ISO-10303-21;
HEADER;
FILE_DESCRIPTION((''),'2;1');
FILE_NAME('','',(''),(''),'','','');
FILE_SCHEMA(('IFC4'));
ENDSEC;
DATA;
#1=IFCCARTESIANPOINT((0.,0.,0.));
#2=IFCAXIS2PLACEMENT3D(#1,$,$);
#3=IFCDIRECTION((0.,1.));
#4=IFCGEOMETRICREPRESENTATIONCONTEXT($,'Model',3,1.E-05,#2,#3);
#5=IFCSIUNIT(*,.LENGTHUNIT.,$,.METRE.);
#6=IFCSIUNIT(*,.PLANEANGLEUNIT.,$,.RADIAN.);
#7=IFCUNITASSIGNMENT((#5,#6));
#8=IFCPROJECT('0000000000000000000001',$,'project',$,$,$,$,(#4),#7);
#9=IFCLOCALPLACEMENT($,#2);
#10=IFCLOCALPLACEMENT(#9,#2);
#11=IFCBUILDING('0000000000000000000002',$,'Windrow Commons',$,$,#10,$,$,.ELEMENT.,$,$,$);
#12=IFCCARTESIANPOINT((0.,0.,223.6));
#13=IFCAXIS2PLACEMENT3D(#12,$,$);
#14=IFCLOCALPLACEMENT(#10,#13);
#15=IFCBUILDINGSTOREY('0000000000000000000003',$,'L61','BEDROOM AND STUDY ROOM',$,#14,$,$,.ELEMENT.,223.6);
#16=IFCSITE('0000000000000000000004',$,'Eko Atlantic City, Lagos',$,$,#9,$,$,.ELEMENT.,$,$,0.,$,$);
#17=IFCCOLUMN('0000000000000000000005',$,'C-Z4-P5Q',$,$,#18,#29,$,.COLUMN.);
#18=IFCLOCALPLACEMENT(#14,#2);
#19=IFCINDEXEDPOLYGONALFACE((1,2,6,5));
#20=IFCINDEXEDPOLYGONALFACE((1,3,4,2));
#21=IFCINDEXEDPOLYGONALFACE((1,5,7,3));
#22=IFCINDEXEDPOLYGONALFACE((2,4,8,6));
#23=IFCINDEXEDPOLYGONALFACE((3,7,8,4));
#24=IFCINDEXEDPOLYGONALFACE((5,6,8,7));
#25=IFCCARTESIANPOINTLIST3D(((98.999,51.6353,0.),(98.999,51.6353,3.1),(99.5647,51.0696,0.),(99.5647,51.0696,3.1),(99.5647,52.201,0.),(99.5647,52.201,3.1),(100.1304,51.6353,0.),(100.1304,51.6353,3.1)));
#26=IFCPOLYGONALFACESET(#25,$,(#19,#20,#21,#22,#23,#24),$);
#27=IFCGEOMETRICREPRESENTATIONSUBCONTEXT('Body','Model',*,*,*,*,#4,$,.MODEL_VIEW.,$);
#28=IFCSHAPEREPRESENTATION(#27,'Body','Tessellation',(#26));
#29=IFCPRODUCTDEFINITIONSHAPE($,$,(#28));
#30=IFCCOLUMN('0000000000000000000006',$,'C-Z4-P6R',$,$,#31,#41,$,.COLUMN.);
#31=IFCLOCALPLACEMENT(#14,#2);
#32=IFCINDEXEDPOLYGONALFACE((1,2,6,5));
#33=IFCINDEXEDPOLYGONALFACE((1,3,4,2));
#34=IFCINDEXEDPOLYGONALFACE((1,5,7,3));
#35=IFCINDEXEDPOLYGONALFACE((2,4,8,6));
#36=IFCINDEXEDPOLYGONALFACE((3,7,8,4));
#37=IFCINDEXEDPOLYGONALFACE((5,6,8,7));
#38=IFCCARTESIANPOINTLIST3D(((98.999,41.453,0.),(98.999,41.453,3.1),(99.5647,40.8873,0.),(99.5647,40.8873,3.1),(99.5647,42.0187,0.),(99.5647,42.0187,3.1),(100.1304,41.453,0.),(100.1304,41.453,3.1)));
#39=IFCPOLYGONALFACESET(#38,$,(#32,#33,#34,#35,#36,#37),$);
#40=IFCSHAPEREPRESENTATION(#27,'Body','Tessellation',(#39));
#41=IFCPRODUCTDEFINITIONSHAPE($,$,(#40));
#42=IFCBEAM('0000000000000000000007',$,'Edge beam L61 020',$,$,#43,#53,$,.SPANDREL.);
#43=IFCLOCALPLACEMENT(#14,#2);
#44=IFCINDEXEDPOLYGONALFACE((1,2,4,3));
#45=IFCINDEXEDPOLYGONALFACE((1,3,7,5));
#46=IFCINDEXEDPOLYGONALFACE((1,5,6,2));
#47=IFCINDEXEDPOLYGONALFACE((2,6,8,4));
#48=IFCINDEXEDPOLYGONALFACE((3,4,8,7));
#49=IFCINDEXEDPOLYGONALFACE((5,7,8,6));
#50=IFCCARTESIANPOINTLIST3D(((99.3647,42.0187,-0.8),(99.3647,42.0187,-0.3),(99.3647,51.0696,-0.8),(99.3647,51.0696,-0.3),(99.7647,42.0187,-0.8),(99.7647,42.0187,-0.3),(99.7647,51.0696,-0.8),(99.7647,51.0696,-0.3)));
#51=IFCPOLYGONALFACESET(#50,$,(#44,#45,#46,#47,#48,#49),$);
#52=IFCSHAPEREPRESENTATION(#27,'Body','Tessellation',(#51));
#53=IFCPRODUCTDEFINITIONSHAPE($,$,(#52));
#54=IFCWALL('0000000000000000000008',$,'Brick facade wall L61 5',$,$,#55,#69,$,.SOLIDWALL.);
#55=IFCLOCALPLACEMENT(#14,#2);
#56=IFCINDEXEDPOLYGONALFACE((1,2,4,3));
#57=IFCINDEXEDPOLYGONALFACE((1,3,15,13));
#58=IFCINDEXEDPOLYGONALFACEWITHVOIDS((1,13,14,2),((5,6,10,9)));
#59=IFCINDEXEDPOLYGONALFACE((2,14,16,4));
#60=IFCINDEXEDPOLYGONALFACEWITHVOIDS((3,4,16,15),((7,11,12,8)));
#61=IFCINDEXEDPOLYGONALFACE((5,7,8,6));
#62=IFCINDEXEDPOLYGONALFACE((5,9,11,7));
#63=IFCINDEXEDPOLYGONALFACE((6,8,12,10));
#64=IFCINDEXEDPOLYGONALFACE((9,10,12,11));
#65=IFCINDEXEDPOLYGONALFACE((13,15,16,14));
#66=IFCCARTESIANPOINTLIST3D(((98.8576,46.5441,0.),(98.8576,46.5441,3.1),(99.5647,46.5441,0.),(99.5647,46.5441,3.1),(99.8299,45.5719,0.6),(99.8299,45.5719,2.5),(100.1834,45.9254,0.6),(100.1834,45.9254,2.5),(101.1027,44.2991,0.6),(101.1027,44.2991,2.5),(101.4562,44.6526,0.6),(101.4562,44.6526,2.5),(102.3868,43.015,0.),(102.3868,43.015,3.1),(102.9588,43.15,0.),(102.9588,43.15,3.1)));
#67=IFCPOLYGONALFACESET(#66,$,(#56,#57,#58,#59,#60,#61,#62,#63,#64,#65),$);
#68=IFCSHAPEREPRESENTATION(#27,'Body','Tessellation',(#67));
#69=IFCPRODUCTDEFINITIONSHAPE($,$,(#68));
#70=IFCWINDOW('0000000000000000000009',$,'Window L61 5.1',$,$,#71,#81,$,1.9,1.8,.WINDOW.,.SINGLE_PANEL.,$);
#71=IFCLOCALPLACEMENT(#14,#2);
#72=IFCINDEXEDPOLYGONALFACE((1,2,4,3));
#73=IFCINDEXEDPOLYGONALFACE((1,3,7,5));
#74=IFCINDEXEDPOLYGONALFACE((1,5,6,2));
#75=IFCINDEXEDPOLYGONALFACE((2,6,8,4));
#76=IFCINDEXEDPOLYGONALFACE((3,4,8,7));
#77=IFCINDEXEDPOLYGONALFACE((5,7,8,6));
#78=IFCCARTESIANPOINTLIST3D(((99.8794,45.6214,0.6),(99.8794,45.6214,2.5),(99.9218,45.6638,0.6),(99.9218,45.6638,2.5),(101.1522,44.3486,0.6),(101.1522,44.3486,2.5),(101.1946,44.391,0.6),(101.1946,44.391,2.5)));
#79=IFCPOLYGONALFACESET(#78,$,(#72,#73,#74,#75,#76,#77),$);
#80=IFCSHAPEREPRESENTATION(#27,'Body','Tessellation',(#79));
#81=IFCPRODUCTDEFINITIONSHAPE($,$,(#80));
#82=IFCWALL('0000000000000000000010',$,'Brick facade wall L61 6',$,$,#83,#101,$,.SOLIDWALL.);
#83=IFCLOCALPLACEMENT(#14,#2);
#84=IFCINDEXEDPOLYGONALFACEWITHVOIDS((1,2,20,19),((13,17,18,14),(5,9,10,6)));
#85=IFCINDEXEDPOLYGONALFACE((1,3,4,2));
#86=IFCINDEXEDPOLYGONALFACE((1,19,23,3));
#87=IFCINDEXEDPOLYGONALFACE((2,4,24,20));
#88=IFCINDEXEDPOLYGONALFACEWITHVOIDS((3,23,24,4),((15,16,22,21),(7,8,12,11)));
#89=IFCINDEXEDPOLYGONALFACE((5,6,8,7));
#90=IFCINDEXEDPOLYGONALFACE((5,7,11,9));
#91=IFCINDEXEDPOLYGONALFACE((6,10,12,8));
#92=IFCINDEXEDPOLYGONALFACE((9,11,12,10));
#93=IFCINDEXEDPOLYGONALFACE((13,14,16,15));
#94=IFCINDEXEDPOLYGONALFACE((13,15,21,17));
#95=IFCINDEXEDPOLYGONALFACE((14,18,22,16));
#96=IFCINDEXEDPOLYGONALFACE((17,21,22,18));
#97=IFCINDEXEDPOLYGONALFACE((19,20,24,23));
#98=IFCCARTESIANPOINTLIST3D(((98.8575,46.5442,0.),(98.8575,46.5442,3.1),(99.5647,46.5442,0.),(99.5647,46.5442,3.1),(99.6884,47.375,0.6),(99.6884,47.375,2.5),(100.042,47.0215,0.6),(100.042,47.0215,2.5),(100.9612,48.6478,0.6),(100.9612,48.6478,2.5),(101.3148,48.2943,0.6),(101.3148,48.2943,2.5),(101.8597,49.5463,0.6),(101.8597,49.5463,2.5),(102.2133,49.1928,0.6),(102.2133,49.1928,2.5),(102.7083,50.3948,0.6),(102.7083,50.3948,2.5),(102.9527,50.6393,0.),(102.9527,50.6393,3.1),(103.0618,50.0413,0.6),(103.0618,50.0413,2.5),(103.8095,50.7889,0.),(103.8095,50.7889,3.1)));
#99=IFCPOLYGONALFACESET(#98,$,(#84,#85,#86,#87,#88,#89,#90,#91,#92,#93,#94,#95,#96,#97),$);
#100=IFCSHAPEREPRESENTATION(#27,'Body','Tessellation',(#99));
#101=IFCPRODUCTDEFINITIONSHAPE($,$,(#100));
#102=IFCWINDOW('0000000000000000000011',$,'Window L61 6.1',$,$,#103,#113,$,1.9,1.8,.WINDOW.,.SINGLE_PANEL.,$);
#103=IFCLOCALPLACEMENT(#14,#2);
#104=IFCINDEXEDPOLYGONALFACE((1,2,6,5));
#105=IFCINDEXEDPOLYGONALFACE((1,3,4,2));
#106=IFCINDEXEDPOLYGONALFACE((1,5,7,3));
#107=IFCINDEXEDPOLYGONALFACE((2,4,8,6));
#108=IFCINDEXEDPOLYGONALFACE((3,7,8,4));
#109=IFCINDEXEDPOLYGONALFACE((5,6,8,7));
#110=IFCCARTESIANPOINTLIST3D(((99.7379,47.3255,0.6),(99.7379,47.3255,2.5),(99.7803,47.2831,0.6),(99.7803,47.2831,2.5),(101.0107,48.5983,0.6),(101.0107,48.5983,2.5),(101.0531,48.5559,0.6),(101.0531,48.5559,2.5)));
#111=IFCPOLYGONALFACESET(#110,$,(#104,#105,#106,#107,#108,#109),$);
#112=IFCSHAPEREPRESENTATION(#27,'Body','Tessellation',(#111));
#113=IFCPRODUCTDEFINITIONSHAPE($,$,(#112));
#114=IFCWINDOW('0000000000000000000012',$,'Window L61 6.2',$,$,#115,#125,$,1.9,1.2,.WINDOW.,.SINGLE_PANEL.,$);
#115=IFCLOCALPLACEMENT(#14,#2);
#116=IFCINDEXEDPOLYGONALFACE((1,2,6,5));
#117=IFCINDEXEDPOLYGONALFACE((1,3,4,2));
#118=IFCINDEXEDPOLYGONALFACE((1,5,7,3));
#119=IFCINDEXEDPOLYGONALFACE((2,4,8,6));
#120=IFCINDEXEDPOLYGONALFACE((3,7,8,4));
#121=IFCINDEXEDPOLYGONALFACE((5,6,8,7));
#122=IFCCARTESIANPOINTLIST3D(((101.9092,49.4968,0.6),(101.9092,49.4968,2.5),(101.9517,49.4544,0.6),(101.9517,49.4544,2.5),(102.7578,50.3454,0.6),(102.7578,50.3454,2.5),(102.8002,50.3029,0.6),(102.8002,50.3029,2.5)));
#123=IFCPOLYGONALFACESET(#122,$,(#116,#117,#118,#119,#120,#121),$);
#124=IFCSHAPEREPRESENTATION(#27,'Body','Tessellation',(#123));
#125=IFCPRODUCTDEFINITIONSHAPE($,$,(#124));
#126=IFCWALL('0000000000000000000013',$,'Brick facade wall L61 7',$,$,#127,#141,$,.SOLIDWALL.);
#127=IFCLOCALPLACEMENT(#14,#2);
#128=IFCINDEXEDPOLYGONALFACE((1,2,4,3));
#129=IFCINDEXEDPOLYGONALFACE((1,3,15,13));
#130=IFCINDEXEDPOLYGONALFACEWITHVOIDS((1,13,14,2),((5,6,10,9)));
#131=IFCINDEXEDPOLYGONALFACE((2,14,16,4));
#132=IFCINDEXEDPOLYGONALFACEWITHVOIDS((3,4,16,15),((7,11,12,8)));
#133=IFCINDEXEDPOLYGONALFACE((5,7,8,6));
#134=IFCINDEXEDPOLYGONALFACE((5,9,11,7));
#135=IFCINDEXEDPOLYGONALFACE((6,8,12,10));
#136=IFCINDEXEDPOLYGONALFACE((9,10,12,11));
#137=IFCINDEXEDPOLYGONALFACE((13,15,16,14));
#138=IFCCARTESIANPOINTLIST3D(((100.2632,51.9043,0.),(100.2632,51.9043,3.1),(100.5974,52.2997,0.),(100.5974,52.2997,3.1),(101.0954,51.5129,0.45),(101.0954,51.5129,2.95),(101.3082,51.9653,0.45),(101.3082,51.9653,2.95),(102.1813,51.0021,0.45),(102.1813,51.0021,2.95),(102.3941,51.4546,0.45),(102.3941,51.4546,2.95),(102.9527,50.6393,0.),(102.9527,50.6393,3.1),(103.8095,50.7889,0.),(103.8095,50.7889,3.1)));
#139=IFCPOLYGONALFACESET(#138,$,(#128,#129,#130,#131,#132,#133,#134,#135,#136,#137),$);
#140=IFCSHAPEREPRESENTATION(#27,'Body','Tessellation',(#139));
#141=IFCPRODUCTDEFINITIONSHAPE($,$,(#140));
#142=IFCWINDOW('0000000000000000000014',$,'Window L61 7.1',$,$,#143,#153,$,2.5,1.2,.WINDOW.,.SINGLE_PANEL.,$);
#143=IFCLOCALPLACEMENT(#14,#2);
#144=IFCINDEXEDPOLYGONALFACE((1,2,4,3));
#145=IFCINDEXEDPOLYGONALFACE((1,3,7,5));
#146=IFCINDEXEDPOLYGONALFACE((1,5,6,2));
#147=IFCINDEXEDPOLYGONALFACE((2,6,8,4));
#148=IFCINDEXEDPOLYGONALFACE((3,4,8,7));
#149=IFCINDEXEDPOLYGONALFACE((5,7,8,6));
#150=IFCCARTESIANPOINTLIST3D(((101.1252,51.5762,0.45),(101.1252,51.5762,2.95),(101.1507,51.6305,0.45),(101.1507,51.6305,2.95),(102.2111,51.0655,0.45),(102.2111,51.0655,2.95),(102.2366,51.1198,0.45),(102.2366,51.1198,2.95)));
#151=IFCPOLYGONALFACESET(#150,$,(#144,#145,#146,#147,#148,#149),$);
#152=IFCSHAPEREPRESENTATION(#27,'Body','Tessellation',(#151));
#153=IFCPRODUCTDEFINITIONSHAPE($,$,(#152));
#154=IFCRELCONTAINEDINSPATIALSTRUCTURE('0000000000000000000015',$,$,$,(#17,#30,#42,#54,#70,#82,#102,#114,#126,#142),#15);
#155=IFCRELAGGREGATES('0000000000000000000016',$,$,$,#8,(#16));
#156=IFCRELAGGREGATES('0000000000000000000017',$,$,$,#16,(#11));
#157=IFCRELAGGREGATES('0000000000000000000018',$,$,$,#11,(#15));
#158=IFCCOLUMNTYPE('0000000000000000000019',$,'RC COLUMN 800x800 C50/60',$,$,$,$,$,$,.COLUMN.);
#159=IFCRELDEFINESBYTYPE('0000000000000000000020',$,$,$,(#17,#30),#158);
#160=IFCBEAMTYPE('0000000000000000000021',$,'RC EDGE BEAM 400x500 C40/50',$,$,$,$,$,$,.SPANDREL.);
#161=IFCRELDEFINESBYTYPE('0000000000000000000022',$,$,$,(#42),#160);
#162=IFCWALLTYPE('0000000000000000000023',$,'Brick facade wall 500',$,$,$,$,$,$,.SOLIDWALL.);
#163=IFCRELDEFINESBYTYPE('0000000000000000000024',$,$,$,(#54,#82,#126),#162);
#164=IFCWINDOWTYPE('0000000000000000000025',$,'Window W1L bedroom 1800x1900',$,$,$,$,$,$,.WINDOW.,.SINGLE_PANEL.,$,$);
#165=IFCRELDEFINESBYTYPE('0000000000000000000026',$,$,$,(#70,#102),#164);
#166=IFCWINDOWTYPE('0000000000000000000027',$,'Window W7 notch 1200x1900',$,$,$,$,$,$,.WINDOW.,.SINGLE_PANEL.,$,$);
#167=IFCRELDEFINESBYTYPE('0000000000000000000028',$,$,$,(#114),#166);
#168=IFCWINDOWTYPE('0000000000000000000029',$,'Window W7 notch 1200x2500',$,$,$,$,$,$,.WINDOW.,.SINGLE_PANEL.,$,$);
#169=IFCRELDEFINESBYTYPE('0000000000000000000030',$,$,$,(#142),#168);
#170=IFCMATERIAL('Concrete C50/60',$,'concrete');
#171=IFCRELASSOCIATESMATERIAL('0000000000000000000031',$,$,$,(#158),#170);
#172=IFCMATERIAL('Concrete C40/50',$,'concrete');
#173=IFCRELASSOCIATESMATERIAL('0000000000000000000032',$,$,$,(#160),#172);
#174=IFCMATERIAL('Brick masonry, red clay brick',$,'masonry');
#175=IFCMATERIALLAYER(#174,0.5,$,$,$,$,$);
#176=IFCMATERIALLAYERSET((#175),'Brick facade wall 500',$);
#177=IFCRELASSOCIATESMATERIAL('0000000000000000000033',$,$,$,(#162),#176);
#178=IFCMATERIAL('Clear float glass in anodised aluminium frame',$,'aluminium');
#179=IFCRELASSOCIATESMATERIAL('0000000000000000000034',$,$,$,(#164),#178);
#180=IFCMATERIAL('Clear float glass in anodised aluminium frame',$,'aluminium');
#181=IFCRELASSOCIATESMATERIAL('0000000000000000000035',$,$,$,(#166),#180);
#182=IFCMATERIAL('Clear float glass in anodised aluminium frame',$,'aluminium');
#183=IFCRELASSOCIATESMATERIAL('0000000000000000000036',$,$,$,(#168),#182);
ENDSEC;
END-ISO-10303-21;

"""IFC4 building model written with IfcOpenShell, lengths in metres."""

from ifc_helpers import new_model, si_unit, direction, frame, frame_2d, origin, origin_2d, place, context, subcontext, project, spatial, polyline, rectangle, outline, extrude, material, layer, layer_set, material_profile, profile_set, type_object, element, fill, save


model = new_model("IFC4")

# Units and contexts
model_context = context("Model", 3, precision=1e-05, world=origin(), true_north=direction((0.0, 1.0)))
body_context = subcontext(model_context, "Body", "Model", "MODEL_VIEW")
ifc_project = project(units=[si_unit("LENGTHUNIT", "METRE"), si_unit("PLANEANGLEUNIT", "RADIAN")], contexts=[model_context])

# Site, building, storey
site_placement = place(None, origin())
site = spatial("IfcSite", under=ifc_project, at=site_placement, Name="Eko Atlantic City, Lagos", CompositionType="ELEMENT", RefElevation=0.0)
building_placement = place(site_placement, origin())
building = spatial("IfcBuilding", under=site, at=building_placement, Name="Windrow Commons", CompositionType="ELEMENT")
storey_placement = place(building_placement, frame((0.0, 0.0, 223.6)))
storey = spatial("IfcBuildingStorey", under=building, at=storey_placement, Name="L61", Description="BEDROOM AND STUDY ROOM", CompositionType="ELEMENT", Elevation=223.6)

# Columns
ifc_material_1 = material(Name="Concrete C50/60", Category="concrete")
ifc_material_profile_1 = material_profile(ifc_material_1, rectangle(XDim=0.8, YDim=0.8, at=origin_2d()))
ifc_profile_set_1 = profile_set([ifc_material_profile_1], Name="Concrete C50/60")
column_type = type_object("IfcColumnType", Name="RC COLUMN 800x800 C50/60", PredefinedType="COLUMN", material=ifc_profile_set_1)
for number, where, z_axis, x_axis, name in (
    (1, (99.5647, 51.6353, 0.0), (0.0, 0.0, 1.0), (0.707107, -0.707107, 0.0), "C-Z4-P5Q"),
    (2, (99.5647, 41.453, 0.0), (0.0, 0.0, 1.0), (0.707107, -0.707107, 0.0), "C-Z4-P6R"),
):
    element("IfcColumn", number, at=place(storey_placement, frame(where, z_axis=z_axis, x_axis=x_axis)), inside=storey, type_object=column_type, Name=name, PredefinedType="COLUMN", context=body_context, shape_type="SweptSolid", body=[
        extrude(rectangle(XDim=0.8, YDim=0.8, at=origin_2d()), origin(), (0.0, 0.0, 1.0), 3.1),
    ])

# Beam
ifc_material_2 = material(Name="Concrete C40/50", Category="concrete")
ifc_material_profile_2 = material_profile(ifc_material_2, rectangle(XDim=0.4, YDim=0.5, at=origin_2d()))
ifc_profile_set_2 = profile_set([ifc_material_profile_2], Name="Concrete C40/50")
beam_type = type_object("IfcBeamType", Name="RC EDGE BEAM 400x500 C40/50", PredefinedType="SPANDREL", material=ifc_profile_set_2)
beam_placement = place(storey_placement, frame((99.5647, 51.0696, -0.55), z_axis=(0.0, -1.0, 0.0), x_axis=(1.0, 0.0, 0.0)))
element("IfcBeam", 3, at=beam_placement, inside=storey, type_object=beam_type, Name="Edge beam L61 020", PredefinedType="SPANDREL", context=body_context, shape_type="SweptSolid", body=[
    extrude(rectangle(XDim=0.4, YDim=0.5, at=origin_2d()), origin(), (0.0, 0.0, 1.0), 9.0509),
])

# Wall, opening, window
ifc_material_3 = material(Name="Brick masonry, red clay brick", Category="masonry")
ifc_layer_1 = layer(ifc_material_3, 0.5)
ifc_layer_set_1 = layer_set([ifc_layer_1], Name="Brick facade wall 500")
wall_type_1 = type_object("IfcWallType", Name="Brick facade wall 500", PredefinedType="SOLIDWALL", material=ifc_layer_set_1)
wall_1_placement = place(storey_placement, frame((102.6728, 43.0825, 0.0), z_axis=(0.0, 0.0, 1.0), x_axis=(-0.707107, 0.707107, 0.0)))
wall_1 = element("IfcWall", 4, at=wall_1_placement, inside=storey, type_object=wall_type_1, Name="Brick facade wall L61 5", PredefinedType="SOLIDWALL", context=body_context, shape_type="SweptSolid", body=[
    extrude(outline(polyline([(-0.1545, -0.25), (4.6455, -0.25), (5.1455, 0.25), (0.1545, 0.25), (-0.1545, -0.25)])), origin(), (0.0, 0.0, 1.0), 3.1),
])
opening_1_placement = place(wall_1_placement, frame((1.9705, 0.0, 0.6)))
opening_1 = element("IfcOpeningElement", 5, at=opening_1_placement, cuts=wall_1, PredefinedType="OPENING", context=body_context, shape_type="SweptSolid", body=[
    extrude(rectangle(XDim=1.8, YDim=1.9, at=frame_2d((0.9, 0.95))), frame((0.0, 0.26, 0.0), z_axis=(0.0, -1.0, 0.0), x_axis=(1.0, 0.0, 0.0)), (0.0, 0.0, 1.0), 0.52),
])
ifc_material_4 = material(Name="Clear float glass in anodised aluminium frame", Category="aluminium")
window_type_1 = type_object("IfcWindowType", Name="Window W1L bedroom 1800x1900", PartitioningType="SINGLE_PANEL", PredefinedType="WINDOW", material=ifc_material_4)
window_1_placement = place(opening_1_placement, origin())
window_1 = element("IfcWindow", 6, at=window_1_placement, inside=storey, type_object=window_type_1, Name="Window L61 5.1", OverallHeight=1.9, OverallWidth=1.8, PartitioningType="SINGLE_PANEL", PredefinedType="WINDOW", context=body_context, shape_type="SweptSolid", body=[
    extrude(rectangle(XDim=1.8, YDim=1.9, at=frame_2d((0.9, 0.95))), frame((0.0, 0.18, 0.0), z_axis=(0.0, -1.0, 0.0), x_axis=(1.0, 0.0, 0.0)), (0.0, 0.0, 1.0), 0.06),
])
fill(opening_1, window_1)

# Wall, openings, windows
wall_2_placement = place(storey_placement, frame((99.2111, 46.5442, 0.0), z_axis=(0.0, 0.0, 1.0), x_axis=(0.707115, 0.707098, 0.0)))
wall_2 = element("IfcWall", 7, at=wall_2_placement, inside=storey, type_object=wall_type_1, Name="Brick facade wall L61 6", PredefinedType="SOLIDWALL", context=body_context, shape_type="SweptSolid", body=[
    extrude(outline(polyline([(0.25, -0.25), (6.253, -0.25), (5.5414, 0.25), (-0.25, 0.25), (0.25, -0.25)])), origin(), (0.0, 0.0, 1.0), 3.1),
])
opening_2_placement = place(wall_2_placement, frame((0.925, 0.0, 0.6)))
opening_2 = element("IfcOpeningElement", 8, at=opening_2_placement, cuts=wall_2, PredefinedType="OPENING", context=body_context, shape_type="SweptSolid", body=[
    extrude(rectangle(XDim=1.8, YDim=1.9, at=frame_2d((0.9, 0.95))), frame((0.0, 0.26, 0.0), z_axis=(0.0, -1.0, 0.0), x_axis=(1.0, 0.0, 0.0)), (0.0, 0.0, 1.0), 0.52),
])
opening_3_placement = place(wall_2_placement, frame((3.9957, 0.0, 0.6)))
opening_3 = element("IfcOpeningElement", 9, at=opening_3_placement, cuts=wall_2, PredefinedType="OPENING", context=body_context, shape_type="SweptSolid", body=[
    extrude(rectangle(XDim=1.2, YDim=1.9, at=frame_2d((0.6, 0.95))), frame((0.0, 0.26, 0.0), z_axis=(0.0, -1.0, 0.0), x_axis=(1.0, 0.0, 0.0)), (0.0, 0.0, 1.0), 0.52),
])
window_2_placement = place(opening_2_placement, origin())
window_2 = element("IfcWindow", 10, at=window_2_placement, inside=storey, type_object=window_type_1, Name="Window L61 6.1", OverallHeight=1.9, OverallWidth=1.8, PartitioningType="SINGLE_PANEL", PredefinedType="WINDOW", context=body_context, shape_type="SweptSolid", body=[
    extrude(rectangle(XDim=1.8, YDim=1.9, at=frame_2d((0.9, 0.95))), frame((0.0, 0.18, 0.0), z_axis=(0.0, -1.0, 0.0), x_axis=(1.0, 0.0, 0.0)), (0.0, 0.0, 1.0), 0.06),
])
fill(opening_2, window_2)
ifc_material_5 = material(Name="Clear float glass in anodised aluminium frame", Category="aluminium")
window_type_2 = type_object("IfcWindowType", Name="Window W7 notch 1200x1900", PartitioningType="SINGLE_PANEL", PredefinedType="WINDOW", material=ifc_material_5)
window_3_placement = place(opening_3_placement, origin())
window_3 = element("IfcWindow", 11, at=window_3_placement, inside=storey, type_object=window_type_2, Name="Window L61 6.2", OverallHeight=1.9, OverallWidth=1.2, PartitioningType="SINGLE_PANEL", PredefinedType="WINDOW", context=body_context, shape_type="SweptSolid", body=[
    extrude(rectangle(XDim=1.2, YDim=1.9, at=frame_2d((0.6, 0.95))), frame((0.0, 0.18, 0.0), z_axis=(0.0, -1.0, 0.0), x_axis=(1.0, 0.0, 0.0)), (0.0, 0.0, 1.0), 0.06),
])
fill(opening_3, window_3)

# Wall, opening, window
wall_3_placement = place(storey_placement, frame((103.3811, 50.7141, 0.0), z_axis=(0.0, 0.0, 1.0), x_axis=(-0.904903, 0.425618, 0.0)))
wall_3 = element("IfcWall", 12, at=wall_3_placement, inside=storey, type_object=wall_type_1, Name="Brick facade wall L61 7", PredefinedType="SOLIDWALL", context=body_context, shape_type="SweptSolid", body=[
    extrude(outline(polyline([(-0.3558, -0.25), (3.1938, -0.25), (3.328, 0.25), (0.3558, 0.25), (-0.3558, -0.25)])), origin(), (0.0, 0.0, 1.0), 3.1),
])
opening_4_placement = place(wall_3_placement, frame((1.2083, 0.0, 0.45)))
opening_4 = element("IfcOpeningElement", 13, at=opening_4_placement, cuts=wall_3, PredefinedType="OPENING", context=body_context, shape_type="SweptSolid", body=[
    extrude(rectangle(XDim=1.2, YDim=2.5, at=frame_2d((0.6, 1.25))), frame((0.0, 0.26, 0.0), z_axis=(0.0, -1.0, 0.0), x_axis=(1.0, 0.0, 0.0)), (0.0, 0.0, 1.0), 0.52),
])
ifc_material_6 = material(Name="Clear float glass in anodised aluminium frame", Category="aluminium")
window_type_3 = type_object("IfcWindowType", Name="Window W7 notch 1200x2500", PartitioningType="SINGLE_PANEL", PredefinedType="WINDOW", material=ifc_material_6)
window_4_placement = place(opening_4_placement, origin())
window_4 = element("IfcWindow", 14, at=window_4_placement, inside=storey, type_object=window_type_3, Name="Window L61 7.1", OverallHeight=2.5, OverallWidth=1.2, PartitioningType="SINGLE_PANEL", PredefinedType="WINDOW", context=body_context, shape_type="SweptSolid", body=[
    extrude(rectangle(XDim=1.2, YDim=2.5, at=frame_2d((0.6, 1.25))), frame((0.0, 0.18, 0.0), z_axis=(0.0, -1.0, 0.0), x_axis=(1.0, 0.0, 0.0)), (0.0, 0.0, 1.0), 0.06),
])
fill(opening_4, window_4)

save(model, "model.ifc")
